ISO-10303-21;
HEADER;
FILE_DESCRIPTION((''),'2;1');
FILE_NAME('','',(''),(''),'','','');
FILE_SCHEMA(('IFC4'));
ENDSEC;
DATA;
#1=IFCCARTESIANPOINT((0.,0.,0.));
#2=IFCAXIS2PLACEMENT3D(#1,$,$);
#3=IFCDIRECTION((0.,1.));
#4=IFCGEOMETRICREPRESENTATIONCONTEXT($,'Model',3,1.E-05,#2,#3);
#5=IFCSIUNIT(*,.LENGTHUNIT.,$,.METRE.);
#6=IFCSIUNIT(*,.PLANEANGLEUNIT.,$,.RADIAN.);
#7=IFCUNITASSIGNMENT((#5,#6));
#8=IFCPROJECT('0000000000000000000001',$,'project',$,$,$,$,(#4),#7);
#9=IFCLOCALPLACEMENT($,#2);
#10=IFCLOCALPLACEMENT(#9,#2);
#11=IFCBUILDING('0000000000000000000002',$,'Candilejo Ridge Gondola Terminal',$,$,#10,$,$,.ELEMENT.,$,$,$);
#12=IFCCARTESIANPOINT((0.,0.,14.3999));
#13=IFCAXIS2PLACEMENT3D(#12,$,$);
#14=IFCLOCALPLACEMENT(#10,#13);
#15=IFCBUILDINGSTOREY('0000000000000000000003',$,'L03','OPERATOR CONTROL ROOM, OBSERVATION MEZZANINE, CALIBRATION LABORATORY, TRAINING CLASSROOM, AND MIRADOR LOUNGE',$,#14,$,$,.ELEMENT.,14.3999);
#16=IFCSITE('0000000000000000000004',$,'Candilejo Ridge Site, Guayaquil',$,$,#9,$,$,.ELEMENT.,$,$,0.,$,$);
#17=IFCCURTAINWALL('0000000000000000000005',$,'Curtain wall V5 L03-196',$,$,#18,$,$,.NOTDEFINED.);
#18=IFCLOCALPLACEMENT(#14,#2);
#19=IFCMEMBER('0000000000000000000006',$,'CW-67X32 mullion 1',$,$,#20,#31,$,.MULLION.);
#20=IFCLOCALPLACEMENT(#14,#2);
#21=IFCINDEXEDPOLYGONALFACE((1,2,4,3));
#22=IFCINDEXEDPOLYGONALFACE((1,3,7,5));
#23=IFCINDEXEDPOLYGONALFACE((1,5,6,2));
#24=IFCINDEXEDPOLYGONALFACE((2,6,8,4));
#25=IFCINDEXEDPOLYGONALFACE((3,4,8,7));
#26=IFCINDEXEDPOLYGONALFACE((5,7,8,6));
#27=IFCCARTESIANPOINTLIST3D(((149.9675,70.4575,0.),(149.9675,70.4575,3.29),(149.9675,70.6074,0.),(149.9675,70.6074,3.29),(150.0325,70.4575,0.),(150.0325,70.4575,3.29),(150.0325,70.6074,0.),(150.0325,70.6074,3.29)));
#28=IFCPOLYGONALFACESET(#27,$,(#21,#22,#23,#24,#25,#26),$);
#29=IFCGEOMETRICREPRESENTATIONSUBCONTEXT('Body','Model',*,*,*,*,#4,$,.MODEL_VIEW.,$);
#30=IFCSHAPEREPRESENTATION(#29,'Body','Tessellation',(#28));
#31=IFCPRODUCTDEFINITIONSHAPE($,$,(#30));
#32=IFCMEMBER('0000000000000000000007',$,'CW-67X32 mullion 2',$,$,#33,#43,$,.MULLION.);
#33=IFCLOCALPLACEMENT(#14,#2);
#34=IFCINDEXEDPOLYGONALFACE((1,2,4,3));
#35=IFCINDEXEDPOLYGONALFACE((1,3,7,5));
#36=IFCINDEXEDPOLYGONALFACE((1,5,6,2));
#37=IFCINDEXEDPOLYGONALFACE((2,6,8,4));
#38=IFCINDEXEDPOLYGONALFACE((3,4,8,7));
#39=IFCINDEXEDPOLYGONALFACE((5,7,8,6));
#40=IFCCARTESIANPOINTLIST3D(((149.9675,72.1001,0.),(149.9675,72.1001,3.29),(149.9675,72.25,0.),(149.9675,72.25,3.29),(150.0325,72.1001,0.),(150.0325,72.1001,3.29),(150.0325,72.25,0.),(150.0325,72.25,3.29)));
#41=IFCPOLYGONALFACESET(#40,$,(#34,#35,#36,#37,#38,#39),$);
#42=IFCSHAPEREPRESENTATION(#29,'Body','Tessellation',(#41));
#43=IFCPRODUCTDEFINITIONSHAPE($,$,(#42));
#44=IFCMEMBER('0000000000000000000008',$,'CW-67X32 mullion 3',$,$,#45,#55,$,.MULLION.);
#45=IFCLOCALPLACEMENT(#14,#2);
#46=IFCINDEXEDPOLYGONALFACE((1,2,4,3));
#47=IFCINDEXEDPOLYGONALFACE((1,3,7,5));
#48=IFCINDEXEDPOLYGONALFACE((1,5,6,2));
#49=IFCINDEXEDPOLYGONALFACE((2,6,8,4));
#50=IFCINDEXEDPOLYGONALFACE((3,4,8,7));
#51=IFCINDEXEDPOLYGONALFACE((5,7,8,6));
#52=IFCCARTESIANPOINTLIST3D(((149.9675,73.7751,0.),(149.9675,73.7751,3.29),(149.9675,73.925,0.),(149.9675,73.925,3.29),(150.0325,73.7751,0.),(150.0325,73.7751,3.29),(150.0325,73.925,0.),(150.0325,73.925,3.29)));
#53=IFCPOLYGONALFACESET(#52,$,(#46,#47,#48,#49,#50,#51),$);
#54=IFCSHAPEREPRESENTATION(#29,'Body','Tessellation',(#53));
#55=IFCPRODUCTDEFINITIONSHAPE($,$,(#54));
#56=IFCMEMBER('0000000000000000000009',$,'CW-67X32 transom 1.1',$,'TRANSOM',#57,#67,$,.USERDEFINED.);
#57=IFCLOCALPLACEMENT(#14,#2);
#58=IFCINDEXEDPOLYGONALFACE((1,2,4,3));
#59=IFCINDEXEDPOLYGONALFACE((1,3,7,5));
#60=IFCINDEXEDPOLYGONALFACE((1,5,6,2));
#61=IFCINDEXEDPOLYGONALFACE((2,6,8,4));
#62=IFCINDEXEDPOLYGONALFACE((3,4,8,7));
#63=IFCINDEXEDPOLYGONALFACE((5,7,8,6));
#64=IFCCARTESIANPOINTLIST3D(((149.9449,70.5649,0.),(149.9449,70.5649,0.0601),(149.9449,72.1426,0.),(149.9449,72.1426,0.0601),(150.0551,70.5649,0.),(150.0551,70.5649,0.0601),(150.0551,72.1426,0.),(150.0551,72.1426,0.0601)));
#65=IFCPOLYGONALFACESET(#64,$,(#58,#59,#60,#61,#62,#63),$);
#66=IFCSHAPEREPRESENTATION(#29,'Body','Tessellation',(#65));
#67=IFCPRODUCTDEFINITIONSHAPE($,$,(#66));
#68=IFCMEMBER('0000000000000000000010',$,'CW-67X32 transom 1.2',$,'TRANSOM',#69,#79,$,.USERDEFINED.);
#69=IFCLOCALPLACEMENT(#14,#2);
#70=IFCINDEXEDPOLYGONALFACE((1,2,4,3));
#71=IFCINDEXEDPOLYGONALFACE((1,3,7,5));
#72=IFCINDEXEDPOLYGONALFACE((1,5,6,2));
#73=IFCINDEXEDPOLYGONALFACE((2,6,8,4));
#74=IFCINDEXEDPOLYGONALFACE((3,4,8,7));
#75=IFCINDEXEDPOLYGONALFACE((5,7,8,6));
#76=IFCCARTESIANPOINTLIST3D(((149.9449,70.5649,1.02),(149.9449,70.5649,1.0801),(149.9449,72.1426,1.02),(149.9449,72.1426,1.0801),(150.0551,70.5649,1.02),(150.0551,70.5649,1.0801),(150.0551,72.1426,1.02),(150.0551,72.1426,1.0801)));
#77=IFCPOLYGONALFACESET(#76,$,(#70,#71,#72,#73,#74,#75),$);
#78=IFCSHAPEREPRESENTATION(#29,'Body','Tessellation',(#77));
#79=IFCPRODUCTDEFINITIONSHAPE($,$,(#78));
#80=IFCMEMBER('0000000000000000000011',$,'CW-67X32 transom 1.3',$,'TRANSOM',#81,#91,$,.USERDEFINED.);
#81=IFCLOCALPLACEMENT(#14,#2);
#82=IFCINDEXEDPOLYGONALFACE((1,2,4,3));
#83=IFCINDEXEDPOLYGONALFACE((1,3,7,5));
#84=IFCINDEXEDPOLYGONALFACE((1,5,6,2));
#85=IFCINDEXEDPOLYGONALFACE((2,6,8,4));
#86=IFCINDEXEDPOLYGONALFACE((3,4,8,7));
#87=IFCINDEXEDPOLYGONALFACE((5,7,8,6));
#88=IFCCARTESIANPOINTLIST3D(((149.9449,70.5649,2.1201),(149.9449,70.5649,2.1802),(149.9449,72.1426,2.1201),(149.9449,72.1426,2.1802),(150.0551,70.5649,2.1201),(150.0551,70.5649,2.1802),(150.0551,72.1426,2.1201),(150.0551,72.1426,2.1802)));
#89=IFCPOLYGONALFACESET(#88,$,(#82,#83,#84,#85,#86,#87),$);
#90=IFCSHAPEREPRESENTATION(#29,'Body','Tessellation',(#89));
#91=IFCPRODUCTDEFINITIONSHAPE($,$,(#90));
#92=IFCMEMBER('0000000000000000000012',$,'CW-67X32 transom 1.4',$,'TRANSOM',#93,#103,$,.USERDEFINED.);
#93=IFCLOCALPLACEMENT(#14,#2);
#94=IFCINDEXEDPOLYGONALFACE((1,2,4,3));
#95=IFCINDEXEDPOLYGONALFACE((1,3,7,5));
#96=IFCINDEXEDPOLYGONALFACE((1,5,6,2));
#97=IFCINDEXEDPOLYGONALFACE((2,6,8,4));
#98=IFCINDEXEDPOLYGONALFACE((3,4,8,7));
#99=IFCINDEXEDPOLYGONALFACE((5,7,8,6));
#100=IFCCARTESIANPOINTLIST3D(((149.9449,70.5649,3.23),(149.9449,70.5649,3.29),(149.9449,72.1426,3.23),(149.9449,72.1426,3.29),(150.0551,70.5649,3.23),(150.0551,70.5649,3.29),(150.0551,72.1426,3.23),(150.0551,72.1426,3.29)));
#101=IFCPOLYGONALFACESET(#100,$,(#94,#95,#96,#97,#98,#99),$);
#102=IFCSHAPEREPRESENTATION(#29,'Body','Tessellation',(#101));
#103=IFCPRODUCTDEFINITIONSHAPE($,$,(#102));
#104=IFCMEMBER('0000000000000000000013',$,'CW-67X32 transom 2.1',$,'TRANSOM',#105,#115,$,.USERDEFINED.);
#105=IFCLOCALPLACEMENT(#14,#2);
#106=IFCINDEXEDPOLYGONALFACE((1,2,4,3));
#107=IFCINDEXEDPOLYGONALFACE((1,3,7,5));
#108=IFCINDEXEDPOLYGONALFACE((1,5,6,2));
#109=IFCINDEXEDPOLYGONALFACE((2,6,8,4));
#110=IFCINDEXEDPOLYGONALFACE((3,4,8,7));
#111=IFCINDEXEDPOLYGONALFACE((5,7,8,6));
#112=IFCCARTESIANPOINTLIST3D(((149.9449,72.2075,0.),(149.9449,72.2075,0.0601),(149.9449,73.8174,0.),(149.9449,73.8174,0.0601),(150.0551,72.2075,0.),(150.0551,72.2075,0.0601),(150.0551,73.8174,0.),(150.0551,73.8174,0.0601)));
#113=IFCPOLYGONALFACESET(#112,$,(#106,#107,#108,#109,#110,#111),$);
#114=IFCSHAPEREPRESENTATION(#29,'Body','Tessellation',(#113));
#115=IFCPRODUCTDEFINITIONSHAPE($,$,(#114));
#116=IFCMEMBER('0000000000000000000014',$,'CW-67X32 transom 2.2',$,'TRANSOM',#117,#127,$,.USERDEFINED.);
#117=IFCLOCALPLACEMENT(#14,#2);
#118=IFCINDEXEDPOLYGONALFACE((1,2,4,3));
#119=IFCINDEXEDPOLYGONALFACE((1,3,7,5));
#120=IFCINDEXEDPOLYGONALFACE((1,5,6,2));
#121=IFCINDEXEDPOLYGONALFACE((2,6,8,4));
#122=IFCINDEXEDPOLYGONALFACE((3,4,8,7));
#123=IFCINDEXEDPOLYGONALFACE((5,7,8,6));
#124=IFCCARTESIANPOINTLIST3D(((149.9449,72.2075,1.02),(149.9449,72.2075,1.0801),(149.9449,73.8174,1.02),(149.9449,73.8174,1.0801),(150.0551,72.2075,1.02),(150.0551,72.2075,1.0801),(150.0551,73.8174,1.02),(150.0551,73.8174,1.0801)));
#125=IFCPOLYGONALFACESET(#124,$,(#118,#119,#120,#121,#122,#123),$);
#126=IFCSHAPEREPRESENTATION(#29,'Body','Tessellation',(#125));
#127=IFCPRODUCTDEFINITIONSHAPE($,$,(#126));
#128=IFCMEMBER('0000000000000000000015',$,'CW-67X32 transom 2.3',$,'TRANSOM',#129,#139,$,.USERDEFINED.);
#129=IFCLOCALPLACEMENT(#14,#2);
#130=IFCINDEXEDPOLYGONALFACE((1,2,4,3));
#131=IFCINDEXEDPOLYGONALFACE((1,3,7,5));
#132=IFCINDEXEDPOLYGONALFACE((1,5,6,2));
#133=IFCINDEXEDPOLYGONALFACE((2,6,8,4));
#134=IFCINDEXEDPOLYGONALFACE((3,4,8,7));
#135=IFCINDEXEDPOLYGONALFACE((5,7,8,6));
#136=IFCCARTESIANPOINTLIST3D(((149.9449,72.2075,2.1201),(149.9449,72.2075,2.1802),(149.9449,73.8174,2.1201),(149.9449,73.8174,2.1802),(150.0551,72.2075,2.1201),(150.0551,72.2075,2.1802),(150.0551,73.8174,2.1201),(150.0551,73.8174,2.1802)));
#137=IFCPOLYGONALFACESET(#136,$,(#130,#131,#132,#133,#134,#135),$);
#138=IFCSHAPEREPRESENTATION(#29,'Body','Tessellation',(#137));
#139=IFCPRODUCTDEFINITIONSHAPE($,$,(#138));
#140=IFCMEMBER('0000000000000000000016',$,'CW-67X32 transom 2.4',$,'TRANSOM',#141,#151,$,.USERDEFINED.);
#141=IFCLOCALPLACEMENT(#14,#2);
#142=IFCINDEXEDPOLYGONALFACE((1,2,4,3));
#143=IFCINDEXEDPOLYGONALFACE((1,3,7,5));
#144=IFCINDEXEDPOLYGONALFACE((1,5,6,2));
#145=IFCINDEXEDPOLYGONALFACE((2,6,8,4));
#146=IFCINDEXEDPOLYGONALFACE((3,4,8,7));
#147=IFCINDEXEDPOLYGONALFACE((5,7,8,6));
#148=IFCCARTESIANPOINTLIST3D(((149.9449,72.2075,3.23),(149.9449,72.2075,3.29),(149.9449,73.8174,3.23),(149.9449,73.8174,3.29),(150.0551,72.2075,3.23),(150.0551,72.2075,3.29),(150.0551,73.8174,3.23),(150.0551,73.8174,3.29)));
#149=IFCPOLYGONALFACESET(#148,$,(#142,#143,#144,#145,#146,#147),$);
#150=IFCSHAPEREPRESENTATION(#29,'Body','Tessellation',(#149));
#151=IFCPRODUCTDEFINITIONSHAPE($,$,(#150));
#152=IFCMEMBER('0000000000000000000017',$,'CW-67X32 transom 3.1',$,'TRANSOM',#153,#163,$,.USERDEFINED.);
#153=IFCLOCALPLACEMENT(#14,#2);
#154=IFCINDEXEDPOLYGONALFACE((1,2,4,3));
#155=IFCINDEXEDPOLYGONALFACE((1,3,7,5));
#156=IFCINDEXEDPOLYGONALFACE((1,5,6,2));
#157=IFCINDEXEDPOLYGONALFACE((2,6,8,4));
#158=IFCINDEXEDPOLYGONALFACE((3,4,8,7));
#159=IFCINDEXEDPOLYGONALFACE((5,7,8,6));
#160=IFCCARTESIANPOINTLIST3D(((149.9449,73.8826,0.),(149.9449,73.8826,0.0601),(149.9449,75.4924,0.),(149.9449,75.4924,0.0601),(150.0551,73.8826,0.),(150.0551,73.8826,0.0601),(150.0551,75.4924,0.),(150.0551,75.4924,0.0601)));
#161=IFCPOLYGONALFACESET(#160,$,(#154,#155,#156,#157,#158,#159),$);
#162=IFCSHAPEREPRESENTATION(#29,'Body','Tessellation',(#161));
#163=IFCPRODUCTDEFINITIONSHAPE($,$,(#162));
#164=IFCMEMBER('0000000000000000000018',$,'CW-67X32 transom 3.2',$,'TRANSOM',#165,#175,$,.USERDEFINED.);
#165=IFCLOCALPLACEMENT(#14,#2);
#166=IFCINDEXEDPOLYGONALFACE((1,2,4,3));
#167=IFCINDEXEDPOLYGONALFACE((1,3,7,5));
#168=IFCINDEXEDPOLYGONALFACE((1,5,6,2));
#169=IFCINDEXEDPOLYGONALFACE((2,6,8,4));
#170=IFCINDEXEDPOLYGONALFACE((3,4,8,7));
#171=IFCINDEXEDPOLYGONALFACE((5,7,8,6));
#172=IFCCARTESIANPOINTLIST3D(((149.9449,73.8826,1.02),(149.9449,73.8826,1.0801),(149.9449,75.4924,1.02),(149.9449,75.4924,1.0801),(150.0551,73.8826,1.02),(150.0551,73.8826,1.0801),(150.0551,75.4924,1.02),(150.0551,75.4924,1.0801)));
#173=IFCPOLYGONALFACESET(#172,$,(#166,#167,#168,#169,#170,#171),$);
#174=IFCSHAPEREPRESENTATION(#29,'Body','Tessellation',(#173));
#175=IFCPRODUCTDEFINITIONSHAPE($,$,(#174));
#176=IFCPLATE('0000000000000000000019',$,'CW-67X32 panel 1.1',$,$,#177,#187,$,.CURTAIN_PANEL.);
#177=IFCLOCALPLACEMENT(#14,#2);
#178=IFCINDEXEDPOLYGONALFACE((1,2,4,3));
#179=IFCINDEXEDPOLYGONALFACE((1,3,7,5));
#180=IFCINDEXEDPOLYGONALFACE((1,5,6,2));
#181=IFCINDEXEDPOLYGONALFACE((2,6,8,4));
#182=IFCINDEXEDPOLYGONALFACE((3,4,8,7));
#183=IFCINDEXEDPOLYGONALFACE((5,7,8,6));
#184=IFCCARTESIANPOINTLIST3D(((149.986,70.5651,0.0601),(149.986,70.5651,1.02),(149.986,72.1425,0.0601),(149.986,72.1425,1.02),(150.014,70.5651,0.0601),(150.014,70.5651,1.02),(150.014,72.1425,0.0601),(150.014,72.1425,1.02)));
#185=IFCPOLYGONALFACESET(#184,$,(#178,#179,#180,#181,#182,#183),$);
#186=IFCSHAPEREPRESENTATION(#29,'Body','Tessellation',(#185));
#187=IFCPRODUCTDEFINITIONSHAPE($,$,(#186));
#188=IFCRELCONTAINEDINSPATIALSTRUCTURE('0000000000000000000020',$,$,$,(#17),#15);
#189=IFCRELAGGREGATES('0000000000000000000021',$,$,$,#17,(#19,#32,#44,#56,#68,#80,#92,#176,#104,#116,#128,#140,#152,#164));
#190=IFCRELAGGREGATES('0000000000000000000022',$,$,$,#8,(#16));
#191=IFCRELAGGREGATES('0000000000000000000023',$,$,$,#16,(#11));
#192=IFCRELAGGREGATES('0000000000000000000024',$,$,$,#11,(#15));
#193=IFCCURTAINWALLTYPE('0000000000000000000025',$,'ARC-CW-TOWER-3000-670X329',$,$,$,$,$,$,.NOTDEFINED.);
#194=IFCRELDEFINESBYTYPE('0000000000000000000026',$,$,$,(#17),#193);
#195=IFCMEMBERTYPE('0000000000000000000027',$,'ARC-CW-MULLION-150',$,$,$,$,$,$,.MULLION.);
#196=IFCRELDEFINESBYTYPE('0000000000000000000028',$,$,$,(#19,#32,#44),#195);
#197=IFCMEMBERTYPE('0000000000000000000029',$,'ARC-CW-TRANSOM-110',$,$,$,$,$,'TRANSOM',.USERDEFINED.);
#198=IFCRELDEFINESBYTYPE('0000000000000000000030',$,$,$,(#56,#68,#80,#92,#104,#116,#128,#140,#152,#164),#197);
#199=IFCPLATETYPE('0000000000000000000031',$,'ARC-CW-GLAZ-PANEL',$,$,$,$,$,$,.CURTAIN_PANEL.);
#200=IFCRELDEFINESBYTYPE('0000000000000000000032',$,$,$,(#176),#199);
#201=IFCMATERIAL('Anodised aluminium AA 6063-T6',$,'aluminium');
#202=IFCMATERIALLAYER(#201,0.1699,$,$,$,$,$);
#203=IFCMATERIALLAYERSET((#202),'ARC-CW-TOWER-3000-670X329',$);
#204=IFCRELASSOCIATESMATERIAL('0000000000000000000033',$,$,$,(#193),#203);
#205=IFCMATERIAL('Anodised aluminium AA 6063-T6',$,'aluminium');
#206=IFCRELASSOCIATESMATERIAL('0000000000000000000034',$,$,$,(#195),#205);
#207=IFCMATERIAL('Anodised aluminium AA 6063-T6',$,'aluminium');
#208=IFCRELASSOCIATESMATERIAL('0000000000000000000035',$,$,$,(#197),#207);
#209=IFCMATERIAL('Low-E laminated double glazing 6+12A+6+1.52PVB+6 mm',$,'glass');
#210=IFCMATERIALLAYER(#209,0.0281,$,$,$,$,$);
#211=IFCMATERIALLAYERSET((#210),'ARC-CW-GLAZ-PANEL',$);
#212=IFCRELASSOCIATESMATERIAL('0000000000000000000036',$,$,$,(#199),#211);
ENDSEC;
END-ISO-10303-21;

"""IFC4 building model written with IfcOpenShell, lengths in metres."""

from ifc_helpers import new_model, si_unit, direction, frame, origin, origin_2d, place, context, subcontext, project, spatial, rectangle, extrude, material, layer, layer_set, material_profile, profile_set, type_object, element, aggregate, save


model = new_model("IFC4")

# Units and contexts
model_context = context("Model", 3, precision=1e-05, world=origin(), true_north=direction((0.0, 1.0)))
body_context = subcontext(model_context, "Body", "Model", "MODEL_VIEW")
ifc_project = project(units=[si_unit("LENGTHUNIT", "METRE"), si_unit("PLANEANGLEUNIT", "RADIAN")], contexts=[model_context])

# Site, building, storey
site_placement = place(None, origin())
site = spatial("IfcSite", under=ifc_project, at=site_placement, Name="Candilejo Ridge Site, Guayaquil", CompositionType="ELEMENT", RefElevation=0.0)
building_placement = place(site_placement, origin())
building = spatial("IfcBuilding", under=site, at=building_placement, Name="Candilejo Ridge Gondola Terminal", CompositionType="ELEMENT")
storey_placement = place(building_placement, frame((0.0, 0.0, 14.3999)))
storey = spatial("IfcBuildingStorey", under=building, at=storey_placement, Name="L03", Description="OPERATOR CONTROL ROOM, OBSERVATION MEZZANINE, CALIBRATION LABORATORY, TRAINING CLASSROOM, AND MIRADOR LOUNGE", CompositionType="ELEMENT", Elevation=14.3999)

# Curtain wall, members, plate
ifc_material_1 = material(Name="Anodised aluminium AA 6063-T6", Category="aluminium")
ifc_layer_1 = layer(ifc_material_1, 0.1699)
ifc_layer_set_1 = layer_set([ifc_layer_1], Name="ARC-CW-TOWER-3000-670X329")
curtain_wall_type = type_object("IfcCurtainWallType", Name="ARC-CW-TOWER-3000-670X329", PredefinedType="NOTDEFINED", material=ifc_layer_set_1)
curtain_wall_placement = place(storey_placement, origin())
curtain_wall = element("IfcCurtainWall", 1, at=curtain_wall_placement, inside=storey, type_object=curtain_wall_type, Name="Curtain wall V5 L03-196", PredefinedType="NOTDEFINED")
ifc_material_2 = material(Name="Anodised aluminium AA 6063-T6", Category="aluminium")
ifc_material_profile_1 = material_profile(ifc_material_2, rectangle(XDim=0.0649, YDim=0.1499, at=origin_2d()))
ifc_profile_set_1 = profile_set([ifc_material_profile_1], Name="Anodised aluminium AA 6063-T6")
member_type_1 = type_object("IfcMemberType", Name="ARC-CW-MULLION-150", PredefinedType="MULLION", material=ifc_profile_set_1)
member_1_placement = place(storey_placement, frame((150.0, 70.5325, 0.0), z_axis=(0.0, 0.0, 1.0), x_axis=(-1.0, 0.0, 0.0)))
member_1 = element("IfcMember", 2, at=member_1_placement, type_object=member_type_1, Name="CW-67X32 mullion 1", PredefinedType="MULLION", context=body_context, shape_type="SweptSolid", body=[
    extrude(rectangle(XDim=0.0649, YDim=0.1499, at=origin_2d()), origin(), (0.0, 0.0, 1.0), 3.29),
])
member_2_placement = place(storey_placement, frame((150.0, 72.175, 0.0), z_axis=(0.0, 0.0, 1.0), x_axis=(-1.0, 0.0, 0.0)))
member_2 = element("IfcMember", 3, at=member_2_placement, type_object=member_type_1, Name="CW-67X32 mullion 2", PredefinedType="MULLION", context=body_context, shape_type="SweptSolid", body=[
    extrude(rectangle(XDim=0.0649, YDim=0.1499, at=origin_2d()), origin(), (0.0, 0.0, 1.0), 3.29),
])
member_3_placement = place(storey_placement, frame((150.0, 73.8501, 0.0), z_axis=(0.0, 0.0, 1.0), x_axis=(-1.0, 0.0, 0.0)))
member_3 = element("IfcMember", 4, at=member_3_placement, type_object=member_type_1, Name="CW-67X32 mullion 3", PredefinedType="MULLION", context=body_context, shape_type="SweptSolid", body=[
    extrude(rectangle(XDim=0.0649, YDim=0.1499, at=origin_2d()), origin(), (0.0, 0.0, 1.0), 3.29),
])
ifc_material_3 = material(Name="Anodised aluminium AA 6063-T6", Category="aluminium")
ifc_material_profile_2 = material_profile(ifc_material_3, rectangle(XDim=0.1101, YDim=0.0601, at=origin_2d()))
ifc_profile_set_2 = profile_set([ifc_material_profile_2], Name="Anodised aluminium AA 6063-T6")
member_type_2 = type_object("IfcMemberType", Name="ARC-CW-TRANSOM-110", ElementType="TRANSOM", PredefinedType="USERDEFINED", material=ifc_profile_set_2)
member_4_placement = place(storey_placement, frame((150.0, 70.5649, 0.03), z_axis=(0.0, 1.0, 0.0), x_axis=(-1.0, 0.0, 0.0)))
member_4 = element("IfcMember", 5, at=member_4_placement, type_object=member_type_2, Name="CW-67X32 transom 1.1", ObjectType="TRANSOM", PredefinedType="USERDEFINED", context=body_context, shape_type="SweptSolid", body=[
    extrude(rectangle(XDim=0.1101, YDim=0.0601, at=origin_2d()), origin(), (0.0, 0.0, 1.0), 1.5776),
])
member_5_placement = place(storey_placement, frame((150.0, 70.5649, 1.05), z_axis=(0.0, 1.0, 0.0), x_axis=(-1.0, 0.0, 0.0)))
member_5 = element("IfcMember", 6, at=member_5_placement, type_object=member_type_2, Name="CW-67X32 transom 1.2", ObjectType="TRANSOM", PredefinedType="USERDEFINED", context=body_context, shape_type="SweptSolid", body=[
    extrude(rectangle(XDim=0.1101, YDim=0.0601, at=origin_2d()), origin(), (0.0, 0.0, 1.0), 1.5776),
])
member_6_placement = place(storey_placement, frame((150.0, 70.5649, 2.1501), z_axis=(0.0, 1.0, 0.0), x_axis=(-1.0, 0.0, 0.0)))
member_6 = element("IfcMember", 7, at=member_6_placement, type_object=member_type_2, Name="CW-67X32 transom 1.3", ObjectType="TRANSOM", PredefinedType="USERDEFINED", context=body_context, shape_type="SweptSolid", body=[
    extrude(rectangle(XDim=0.1101, YDim=0.0601, at=origin_2d()), origin(), (0.0, 0.0, 1.0), 1.5776),
])
member_7_placement = place(storey_placement, frame((150.0, 70.5649, 3.26), z_axis=(0.0, 1.0, 0.0), x_axis=(-1.0, 0.0, 0.0)))
member_7 = element("IfcMember", 8, at=member_7_placement, type_object=member_type_2, Name="CW-67X32 transom 1.4", ObjectType="TRANSOM", PredefinedType="USERDEFINED", context=body_context, shape_type="SweptSolid", body=[
    extrude(rectangle(XDim=0.1101, YDim=0.0601, at=origin_2d()), origin(), (0.0, 0.0, 1.0), 1.5776),
])
member_8_placement = place(storey_placement, frame((150.0, 72.2075, 0.03), z_axis=(0.0, 1.0, 0.0), x_axis=(-1.0, 0.0, 0.0)))
member_8 = element("IfcMember", 9, at=member_8_placement, type_object=member_type_2, Name="CW-67X32 transom 2.1", ObjectType="TRANSOM", PredefinedType="USERDEFINED", context=body_context, shape_type="SweptSolid", body=[
    extrude(rectangle(XDim=0.1101, YDim=0.0601, at=origin_2d()), origin(), (0.0, 0.0, 1.0), 1.6099),
])
member_9_placement = place(storey_placement, frame((150.0, 72.2075, 1.05), z_axis=(0.0, 1.0, 0.0), x_axis=(-1.0, 0.0, 0.0)))
member_9 = element("IfcMember", 10, at=member_9_placement, type_object=member_type_2, Name="CW-67X32 transom 2.2", ObjectType="TRANSOM", PredefinedType="USERDEFINED", context=body_context, shape_type="SweptSolid", body=[
    extrude(rectangle(XDim=0.1101, YDim=0.0601, at=origin_2d()), origin(), (0.0, 0.0, 1.0), 1.6099),
])
member_10_placement = place(storey_placement, frame((150.0, 72.2075, 2.1501), z_axis=(0.0, 1.0, 0.0), x_axis=(-1.0, 0.0, 0.0)))
member_10 = element("IfcMember", 11, at=member_10_placement, type_object=member_type_2, Name="CW-67X32 transom 2.3", ObjectType="TRANSOM", PredefinedType="USERDEFINED", context=body_context, shape_type="SweptSolid", body=[
    extrude(rectangle(XDim=0.1101, YDim=0.0601, at=origin_2d()), origin(), (0.0, 0.0, 1.0), 1.6099),
])
member_11_placement = place(storey_placement, frame((150.0, 72.2075, 3.26), z_axis=(0.0, 1.0, 0.0), x_axis=(-1.0, 0.0, 0.0)))
member_11 = element("IfcMember", 12, at=member_11_placement, type_object=member_type_2, Name="CW-67X32 transom 2.4", ObjectType="TRANSOM", PredefinedType="USERDEFINED", context=body_context, shape_type="SweptSolid", body=[
    extrude(rectangle(XDim=0.1101, YDim=0.0601, at=origin_2d()), origin(), (0.0, 0.0, 1.0), 1.6099),
])
member_12_placement = place(storey_placement, frame((150.0, 73.8826, 0.03), z_axis=(0.0, 1.0, 0.0), x_axis=(-1.0, 0.0, 0.0)))
member_12 = element("IfcMember", 13, at=member_12_placement, type_object=member_type_2, Name="CW-67X32 transom 3.1", ObjectType="TRANSOM", PredefinedType="USERDEFINED", context=body_context, shape_type="SweptSolid", body=[
    extrude(rectangle(XDim=0.1101, YDim=0.0601, at=origin_2d()), origin(), (0.0, 0.0, 1.0), 1.6099),
])
member_13_placement = place(storey_placement, frame((150.0, 73.8826, 1.05), z_axis=(0.0, 1.0, 0.0), x_axis=(-1.0, 0.0, 0.0)))
member_13 = element("IfcMember", 14, at=member_13_placement, type_object=member_type_2, Name="CW-67X32 transom 3.2", ObjectType="TRANSOM", PredefinedType="USERDEFINED", context=body_context, shape_type="SweptSolid", body=[
    extrude(rectangle(XDim=0.1101, YDim=0.0601, at=origin_2d()), origin(), (0.0, 0.0, 1.0), 1.6099),
])
ifc_material_4 = material(Name="Low-E laminated double glazing 6+12A+6+1.52PVB+6 mm", Category="glass")
ifc_layer_2 = layer(ifc_material_4, 0.0281)
ifc_layer_set_2 = layer_set([ifc_layer_2], Name="ARC-CW-GLAZ-PANEL")
plate_type_1 = type_object("IfcPlateType", Name="ARC-CW-GLAZ-PANEL", PredefinedType="CURTAIN_PANEL", material=ifc_layer_set_2)
plate_1_placement = place(storey_placement, frame((150.0, 71.3538, 0.0601), z_axis=(0.0, 0.0, 1.0), x_axis=(0.0, 1.0, 0.0)))
plate_1 = element("IfcPlate", 15, at=plate_1_placement, type_object=plate_type_1, Name="CW-67X32 panel 1.1", PredefinedType="CURTAIN_PANEL", context=body_context, shape_type="SweptSolid", body=[
    extrude(rectangle(XDim=1.5774, YDim=0.0281, at=origin_2d()), origin(), (0.0, 0.0, 1.0), 0.96),
])
aggregate(curtain_wall, [member_1, member_2, member_3, member_4, member_5, member_6, member_7, plate_1, member_8, member_9, member_10, member_11, member_12, member_13])

save(model, "model.ifc")
